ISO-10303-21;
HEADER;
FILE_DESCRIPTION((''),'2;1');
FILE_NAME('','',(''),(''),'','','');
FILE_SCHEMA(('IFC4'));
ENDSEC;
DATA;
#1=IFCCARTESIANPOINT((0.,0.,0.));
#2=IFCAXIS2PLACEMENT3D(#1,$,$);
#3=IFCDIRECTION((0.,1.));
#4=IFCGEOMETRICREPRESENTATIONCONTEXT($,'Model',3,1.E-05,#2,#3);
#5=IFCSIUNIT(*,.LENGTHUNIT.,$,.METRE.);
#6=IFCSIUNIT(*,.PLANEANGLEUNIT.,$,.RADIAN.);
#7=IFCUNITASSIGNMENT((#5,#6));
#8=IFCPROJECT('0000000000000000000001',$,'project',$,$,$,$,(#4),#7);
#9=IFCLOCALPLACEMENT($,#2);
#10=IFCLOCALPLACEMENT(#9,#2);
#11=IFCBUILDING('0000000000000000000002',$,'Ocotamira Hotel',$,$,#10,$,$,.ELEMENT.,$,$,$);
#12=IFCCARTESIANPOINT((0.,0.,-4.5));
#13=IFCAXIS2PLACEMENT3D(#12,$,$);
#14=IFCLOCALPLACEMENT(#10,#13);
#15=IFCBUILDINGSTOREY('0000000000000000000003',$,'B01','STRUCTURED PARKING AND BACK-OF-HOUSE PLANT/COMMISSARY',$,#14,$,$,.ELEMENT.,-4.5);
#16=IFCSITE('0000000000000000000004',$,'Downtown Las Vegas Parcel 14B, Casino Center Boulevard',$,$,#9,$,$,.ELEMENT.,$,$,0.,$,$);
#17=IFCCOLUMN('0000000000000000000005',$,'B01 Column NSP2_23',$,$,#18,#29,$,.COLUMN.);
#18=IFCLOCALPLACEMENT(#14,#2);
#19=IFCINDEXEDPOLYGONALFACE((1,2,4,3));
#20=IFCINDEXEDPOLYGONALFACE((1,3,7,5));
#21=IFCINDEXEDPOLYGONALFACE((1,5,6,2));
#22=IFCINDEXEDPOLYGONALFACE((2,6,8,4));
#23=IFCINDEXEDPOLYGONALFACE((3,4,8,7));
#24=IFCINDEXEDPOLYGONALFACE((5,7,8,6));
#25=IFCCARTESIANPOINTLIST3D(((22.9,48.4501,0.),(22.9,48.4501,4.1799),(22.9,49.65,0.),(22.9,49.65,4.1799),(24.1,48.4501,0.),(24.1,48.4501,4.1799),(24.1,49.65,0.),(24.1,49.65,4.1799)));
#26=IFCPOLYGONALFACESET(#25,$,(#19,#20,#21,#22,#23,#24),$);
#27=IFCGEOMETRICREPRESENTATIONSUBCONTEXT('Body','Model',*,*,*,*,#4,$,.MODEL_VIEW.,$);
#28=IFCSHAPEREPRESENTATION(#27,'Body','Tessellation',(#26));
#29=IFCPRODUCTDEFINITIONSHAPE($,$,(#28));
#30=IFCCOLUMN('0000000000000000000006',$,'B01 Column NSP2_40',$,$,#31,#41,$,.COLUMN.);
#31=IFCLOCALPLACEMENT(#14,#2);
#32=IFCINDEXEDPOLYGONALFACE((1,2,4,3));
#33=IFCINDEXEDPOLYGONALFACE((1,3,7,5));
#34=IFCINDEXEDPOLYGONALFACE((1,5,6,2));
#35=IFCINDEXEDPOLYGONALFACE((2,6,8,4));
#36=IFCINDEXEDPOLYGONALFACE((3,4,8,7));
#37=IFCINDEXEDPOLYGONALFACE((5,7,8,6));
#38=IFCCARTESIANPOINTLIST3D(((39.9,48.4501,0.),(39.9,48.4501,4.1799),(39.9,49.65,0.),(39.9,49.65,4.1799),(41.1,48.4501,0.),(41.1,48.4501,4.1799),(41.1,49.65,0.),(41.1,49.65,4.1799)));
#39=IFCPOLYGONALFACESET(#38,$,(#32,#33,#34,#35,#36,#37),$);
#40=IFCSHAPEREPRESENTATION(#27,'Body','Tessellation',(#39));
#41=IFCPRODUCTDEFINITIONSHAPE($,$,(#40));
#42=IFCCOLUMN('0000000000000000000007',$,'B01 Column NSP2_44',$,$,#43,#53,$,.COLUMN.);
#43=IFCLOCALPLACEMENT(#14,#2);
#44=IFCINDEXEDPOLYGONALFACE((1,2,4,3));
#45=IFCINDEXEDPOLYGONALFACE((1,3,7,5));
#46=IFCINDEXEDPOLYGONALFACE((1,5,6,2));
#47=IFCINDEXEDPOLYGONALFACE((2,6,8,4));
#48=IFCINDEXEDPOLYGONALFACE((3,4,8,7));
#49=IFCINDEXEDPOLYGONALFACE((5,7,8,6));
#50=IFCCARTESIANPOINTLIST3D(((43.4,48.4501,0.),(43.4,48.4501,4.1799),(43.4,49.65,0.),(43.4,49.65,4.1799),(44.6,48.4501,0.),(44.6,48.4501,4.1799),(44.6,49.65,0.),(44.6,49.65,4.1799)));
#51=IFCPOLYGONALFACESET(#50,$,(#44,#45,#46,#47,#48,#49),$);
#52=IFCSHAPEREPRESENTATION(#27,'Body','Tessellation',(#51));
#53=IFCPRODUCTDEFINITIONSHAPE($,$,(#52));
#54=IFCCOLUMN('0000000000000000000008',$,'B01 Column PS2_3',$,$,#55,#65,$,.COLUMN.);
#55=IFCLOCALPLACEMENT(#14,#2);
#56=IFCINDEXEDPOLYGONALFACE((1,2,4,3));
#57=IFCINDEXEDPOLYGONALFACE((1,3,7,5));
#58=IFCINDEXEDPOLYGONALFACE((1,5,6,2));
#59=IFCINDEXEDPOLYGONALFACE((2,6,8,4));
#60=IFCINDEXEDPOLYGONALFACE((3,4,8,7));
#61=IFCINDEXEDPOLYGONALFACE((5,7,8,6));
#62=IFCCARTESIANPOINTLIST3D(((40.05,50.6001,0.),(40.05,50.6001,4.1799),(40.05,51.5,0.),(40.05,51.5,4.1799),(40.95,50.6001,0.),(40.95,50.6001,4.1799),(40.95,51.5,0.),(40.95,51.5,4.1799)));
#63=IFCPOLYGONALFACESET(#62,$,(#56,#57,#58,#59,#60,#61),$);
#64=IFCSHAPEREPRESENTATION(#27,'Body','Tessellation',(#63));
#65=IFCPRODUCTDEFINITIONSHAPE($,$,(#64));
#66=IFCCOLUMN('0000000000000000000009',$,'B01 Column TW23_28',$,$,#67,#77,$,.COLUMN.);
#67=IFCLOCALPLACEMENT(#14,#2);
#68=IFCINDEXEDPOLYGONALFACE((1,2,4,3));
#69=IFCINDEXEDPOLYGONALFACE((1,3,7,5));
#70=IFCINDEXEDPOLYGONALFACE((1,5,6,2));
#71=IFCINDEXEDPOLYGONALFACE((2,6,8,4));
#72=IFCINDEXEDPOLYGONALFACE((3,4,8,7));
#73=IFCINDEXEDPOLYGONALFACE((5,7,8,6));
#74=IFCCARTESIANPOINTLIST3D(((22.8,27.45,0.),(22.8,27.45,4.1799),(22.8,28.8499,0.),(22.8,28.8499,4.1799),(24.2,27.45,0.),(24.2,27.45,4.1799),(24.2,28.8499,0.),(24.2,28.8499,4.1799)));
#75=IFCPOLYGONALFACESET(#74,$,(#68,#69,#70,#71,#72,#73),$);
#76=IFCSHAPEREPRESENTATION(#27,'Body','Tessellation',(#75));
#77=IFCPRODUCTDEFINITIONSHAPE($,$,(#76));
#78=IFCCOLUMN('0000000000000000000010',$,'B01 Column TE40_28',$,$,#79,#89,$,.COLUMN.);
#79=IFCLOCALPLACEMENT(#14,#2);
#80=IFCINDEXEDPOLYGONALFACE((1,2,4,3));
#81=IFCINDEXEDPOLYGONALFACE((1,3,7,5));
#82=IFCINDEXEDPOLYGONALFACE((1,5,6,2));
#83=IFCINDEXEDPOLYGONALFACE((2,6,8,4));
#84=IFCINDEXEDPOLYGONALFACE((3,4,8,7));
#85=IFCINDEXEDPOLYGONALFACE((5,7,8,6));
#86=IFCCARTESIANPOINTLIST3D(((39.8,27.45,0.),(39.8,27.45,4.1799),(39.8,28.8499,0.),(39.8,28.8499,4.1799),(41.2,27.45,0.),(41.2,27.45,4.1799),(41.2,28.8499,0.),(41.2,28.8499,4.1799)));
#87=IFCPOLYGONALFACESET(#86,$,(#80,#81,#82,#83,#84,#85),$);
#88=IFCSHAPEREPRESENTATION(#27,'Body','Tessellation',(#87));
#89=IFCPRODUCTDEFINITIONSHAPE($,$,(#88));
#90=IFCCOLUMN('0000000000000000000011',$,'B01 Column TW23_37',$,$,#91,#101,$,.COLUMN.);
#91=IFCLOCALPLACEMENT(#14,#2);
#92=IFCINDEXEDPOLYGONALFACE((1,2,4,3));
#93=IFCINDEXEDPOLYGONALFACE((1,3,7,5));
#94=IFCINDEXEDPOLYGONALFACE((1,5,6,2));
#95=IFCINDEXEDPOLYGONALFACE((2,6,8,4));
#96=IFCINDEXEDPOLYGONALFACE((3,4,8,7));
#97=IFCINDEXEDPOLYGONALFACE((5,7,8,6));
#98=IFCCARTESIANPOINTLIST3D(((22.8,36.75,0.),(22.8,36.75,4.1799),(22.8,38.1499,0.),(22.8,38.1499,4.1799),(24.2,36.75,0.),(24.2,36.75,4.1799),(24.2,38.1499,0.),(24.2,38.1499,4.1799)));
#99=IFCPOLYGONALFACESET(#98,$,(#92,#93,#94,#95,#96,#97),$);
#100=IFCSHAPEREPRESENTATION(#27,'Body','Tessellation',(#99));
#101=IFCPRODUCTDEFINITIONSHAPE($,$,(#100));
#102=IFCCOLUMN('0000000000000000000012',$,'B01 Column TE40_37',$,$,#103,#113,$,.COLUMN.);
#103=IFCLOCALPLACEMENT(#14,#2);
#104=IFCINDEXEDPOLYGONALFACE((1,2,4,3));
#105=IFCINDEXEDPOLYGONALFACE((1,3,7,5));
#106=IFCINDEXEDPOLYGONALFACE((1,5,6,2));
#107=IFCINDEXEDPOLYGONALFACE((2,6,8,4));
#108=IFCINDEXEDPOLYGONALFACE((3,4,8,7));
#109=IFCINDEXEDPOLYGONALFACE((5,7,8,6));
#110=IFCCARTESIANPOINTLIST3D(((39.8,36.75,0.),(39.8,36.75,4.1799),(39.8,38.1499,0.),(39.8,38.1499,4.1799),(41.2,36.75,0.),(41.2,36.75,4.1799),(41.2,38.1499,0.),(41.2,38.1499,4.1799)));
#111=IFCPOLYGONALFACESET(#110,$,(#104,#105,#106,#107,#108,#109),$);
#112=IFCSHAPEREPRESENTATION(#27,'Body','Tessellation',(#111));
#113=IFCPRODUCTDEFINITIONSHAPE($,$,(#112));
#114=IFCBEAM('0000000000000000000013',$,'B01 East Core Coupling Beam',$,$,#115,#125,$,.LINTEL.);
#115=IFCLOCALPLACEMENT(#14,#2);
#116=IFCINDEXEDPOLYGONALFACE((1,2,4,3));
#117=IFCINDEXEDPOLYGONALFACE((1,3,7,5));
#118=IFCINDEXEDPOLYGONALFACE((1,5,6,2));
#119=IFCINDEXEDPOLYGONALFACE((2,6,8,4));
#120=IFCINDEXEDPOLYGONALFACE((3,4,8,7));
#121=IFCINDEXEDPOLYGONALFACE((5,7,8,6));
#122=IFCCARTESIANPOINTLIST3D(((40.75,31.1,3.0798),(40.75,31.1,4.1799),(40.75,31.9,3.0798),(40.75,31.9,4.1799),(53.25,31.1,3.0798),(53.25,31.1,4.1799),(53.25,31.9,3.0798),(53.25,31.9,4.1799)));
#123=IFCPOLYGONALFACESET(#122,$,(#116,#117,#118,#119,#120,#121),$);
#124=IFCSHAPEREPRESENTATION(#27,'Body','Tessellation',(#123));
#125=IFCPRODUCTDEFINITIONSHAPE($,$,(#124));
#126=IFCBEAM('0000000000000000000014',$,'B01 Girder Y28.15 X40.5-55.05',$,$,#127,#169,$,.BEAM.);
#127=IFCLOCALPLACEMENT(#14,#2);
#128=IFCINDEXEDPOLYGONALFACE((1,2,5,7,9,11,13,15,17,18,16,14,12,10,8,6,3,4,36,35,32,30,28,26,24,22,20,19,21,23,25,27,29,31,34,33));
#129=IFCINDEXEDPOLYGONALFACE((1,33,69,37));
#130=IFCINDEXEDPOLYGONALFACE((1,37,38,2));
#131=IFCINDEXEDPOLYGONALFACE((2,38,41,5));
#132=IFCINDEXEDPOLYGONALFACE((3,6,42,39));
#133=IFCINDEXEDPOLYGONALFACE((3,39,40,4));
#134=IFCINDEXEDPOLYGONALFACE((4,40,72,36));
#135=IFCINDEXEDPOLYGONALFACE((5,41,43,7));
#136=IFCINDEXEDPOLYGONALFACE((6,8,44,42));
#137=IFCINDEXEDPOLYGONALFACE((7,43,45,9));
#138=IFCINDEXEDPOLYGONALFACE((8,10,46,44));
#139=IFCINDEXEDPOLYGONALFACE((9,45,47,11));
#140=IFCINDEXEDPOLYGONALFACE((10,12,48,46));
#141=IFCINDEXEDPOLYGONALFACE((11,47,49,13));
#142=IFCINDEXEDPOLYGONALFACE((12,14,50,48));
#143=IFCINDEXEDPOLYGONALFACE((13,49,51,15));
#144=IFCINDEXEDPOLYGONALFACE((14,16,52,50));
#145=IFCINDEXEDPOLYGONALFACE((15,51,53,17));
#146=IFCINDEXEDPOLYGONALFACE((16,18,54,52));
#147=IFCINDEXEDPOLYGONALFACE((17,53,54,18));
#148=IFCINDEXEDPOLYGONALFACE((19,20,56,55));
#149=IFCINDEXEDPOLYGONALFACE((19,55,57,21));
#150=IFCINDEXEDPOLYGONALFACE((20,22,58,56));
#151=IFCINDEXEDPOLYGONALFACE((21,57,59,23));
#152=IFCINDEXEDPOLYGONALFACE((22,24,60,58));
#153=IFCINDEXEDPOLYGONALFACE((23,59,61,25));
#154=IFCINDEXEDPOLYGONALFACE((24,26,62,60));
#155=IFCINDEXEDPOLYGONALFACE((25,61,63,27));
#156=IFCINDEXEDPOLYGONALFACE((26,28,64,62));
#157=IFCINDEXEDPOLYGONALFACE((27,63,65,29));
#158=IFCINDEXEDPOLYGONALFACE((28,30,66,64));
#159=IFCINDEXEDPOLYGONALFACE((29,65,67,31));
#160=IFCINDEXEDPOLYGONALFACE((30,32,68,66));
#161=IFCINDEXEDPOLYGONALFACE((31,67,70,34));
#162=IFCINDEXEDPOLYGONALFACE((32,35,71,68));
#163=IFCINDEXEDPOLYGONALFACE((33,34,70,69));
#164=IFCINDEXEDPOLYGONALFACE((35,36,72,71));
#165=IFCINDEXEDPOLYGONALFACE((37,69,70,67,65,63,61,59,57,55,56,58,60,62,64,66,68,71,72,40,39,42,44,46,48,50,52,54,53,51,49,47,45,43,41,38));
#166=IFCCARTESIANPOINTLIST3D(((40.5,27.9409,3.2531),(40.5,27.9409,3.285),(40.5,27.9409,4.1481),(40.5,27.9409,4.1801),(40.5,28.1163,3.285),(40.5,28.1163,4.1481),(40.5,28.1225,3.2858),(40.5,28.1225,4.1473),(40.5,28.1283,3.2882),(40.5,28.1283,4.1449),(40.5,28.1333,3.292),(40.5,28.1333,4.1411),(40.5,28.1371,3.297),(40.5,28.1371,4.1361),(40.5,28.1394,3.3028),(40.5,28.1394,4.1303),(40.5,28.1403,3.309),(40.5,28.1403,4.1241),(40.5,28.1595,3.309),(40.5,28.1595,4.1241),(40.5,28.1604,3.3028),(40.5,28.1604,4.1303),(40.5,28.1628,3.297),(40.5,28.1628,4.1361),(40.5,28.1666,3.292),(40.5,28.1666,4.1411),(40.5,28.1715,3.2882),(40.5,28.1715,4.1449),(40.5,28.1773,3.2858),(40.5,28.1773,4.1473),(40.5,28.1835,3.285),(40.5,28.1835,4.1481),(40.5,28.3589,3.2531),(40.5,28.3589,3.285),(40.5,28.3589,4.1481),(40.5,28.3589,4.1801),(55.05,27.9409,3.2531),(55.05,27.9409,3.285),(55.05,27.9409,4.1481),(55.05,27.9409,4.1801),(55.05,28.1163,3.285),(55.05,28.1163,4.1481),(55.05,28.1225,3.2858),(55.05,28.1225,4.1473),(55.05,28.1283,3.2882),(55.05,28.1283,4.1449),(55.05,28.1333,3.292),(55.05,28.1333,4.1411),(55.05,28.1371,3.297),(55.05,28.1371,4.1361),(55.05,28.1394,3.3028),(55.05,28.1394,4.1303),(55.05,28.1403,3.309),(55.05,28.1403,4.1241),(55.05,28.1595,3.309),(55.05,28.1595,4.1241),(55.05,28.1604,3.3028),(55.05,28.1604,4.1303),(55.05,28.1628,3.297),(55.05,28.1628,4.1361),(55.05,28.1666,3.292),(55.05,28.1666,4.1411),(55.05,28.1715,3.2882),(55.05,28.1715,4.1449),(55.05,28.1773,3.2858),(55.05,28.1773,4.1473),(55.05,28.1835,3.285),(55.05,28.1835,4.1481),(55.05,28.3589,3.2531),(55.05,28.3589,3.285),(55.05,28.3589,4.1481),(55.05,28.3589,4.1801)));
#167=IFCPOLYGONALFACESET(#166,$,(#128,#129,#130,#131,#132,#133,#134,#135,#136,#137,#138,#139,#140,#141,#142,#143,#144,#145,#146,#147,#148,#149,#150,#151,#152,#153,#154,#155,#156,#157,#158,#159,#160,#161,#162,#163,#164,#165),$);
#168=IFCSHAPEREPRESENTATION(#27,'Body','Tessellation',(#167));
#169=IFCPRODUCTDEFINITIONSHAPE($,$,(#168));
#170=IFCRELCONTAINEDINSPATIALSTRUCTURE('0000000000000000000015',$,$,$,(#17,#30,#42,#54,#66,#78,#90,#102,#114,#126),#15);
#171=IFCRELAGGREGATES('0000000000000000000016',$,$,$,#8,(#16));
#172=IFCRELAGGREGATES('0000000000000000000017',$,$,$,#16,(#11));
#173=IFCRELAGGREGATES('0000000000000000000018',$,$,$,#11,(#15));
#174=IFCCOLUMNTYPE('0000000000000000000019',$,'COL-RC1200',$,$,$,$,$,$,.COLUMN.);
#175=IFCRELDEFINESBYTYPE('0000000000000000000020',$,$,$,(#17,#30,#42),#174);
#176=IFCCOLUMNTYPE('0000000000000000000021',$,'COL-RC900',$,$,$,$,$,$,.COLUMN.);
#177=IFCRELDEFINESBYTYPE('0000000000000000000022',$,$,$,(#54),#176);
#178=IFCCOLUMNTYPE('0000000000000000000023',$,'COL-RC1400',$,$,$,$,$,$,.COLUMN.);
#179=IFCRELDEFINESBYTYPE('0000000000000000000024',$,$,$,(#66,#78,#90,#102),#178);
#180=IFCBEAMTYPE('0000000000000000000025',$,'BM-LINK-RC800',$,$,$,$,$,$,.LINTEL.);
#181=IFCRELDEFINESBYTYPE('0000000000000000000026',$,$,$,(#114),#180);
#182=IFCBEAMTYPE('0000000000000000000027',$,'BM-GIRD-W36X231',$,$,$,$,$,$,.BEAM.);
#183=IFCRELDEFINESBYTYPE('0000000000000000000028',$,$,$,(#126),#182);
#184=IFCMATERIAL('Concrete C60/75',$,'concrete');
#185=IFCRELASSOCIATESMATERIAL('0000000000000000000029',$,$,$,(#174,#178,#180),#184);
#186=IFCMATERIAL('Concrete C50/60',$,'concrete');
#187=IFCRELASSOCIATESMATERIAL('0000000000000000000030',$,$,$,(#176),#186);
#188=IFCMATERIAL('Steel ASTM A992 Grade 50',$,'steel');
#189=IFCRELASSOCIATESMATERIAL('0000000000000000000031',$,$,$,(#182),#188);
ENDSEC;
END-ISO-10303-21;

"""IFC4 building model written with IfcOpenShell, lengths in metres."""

from ifc_helpers import new_model, si_unit, direction, frame, origin, origin_2d, place, context, subcontext, project, spatial, rectangle, i_section, extrude, source, transform, mapped, material, material_profile, profile_set, type_object, element, save


model = new_model("IFC4")

# Units and contexts
model_context = context("Model", 3, precision=1e-05, world=origin(), true_north=direction((0.0, 1.0)))
body_context = subcontext(model_context, "Body", "Model", "MODEL_VIEW")
ifc_project = project(units=[si_unit("LENGTHUNIT", "METRE"), si_unit("PLANEANGLEUNIT", "RADIAN")], contexts=[model_context])

# Site, building, storey
site_placement = place(None, origin())
site = spatial("IfcSite", under=ifc_project, at=site_placement, Name="Downtown Las Vegas Parcel 14B, Casino Center Boulevard", CompositionType="ELEMENT", RefElevation=0.0)
building_placement = place(site_placement, origin())
building = spatial("IfcBuilding", under=site, at=building_placement, Name="Ocotamira Hotel", CompositionType="ELEMENT")
storey_placement = place(building_placement, frame((0.0, 0.0, -4.5)))
storey = spatial("IfcBuildingStorey", under=building, at=storey_placement, Name="B01", Description="STRUCTURED PARKING AND BACK-OF-HOUSE PLANT/COMMISSARY", CompositionType="ELEMENT", Elevation=-4.5)

# Columns
ifc_material_1 = material(Name="Concrete C60/75", Category="concrete")
ifc_material_profile_1 = material_profile(ifc_material_1, rectangle(XDim=1.2, YDim=1.2, at=origin_2d()), Name="RC1200X1200")
ifc_profile_set_1 = profile_set([ifc_material_profile_1], Name="Concrete C60/75")
column_type_1 = type_object("IfcColumnType", Name="COL-RC1200", PredefinedType="COLUMN", material=ifc_profile_set_1)
shared_shape_1 = source(origin(), body_context, "Body", "SweptSolid", [
    extrude(rectangle(XDim=1.2, YDim=1.2, at=origin_2d()), origin(), (0.0, 0.0, 1.0), 4.1799),
])
for number, where, z_axis, x_axis, name in (
    (1, (23.5, 49.05, 0.0), (0.0, 0.0, 1.0), (1.0, 0.0, 0.0), "B01 Column NSP2_23"),
    (2, (40.5, 49.05, 0.0), (0.0, 0.0, 1.0), (1.0, 0.0, 0.0), "B01 Column NSP2_40"),
    (3, (44.0, 49.05, 0.0), (0.0, 0.0, 1.0), (1.0, 0.0, 0.0), "B01 Column NSP2_44"),
):
    element("IfcColumn", number, at=place(storey_placement, frame(where, z_axis=z_axis, x_axis=x_axis)), inside=storey, type_object=column_type_1, Name=name, PredefinedType="COLUMN", context=body_context, shape_type="MappedRepresentation", body=[
        mapped(shared_shape_1, transform((0.0, 0.0, 0.0), scale=1.0)),
    ])
ifc_material_2 = material(Name="Concrete C50/60", Category="concrete")
ifc_material_profile_2 = material_profile(ifc_material_2, rectangle(XDim=0.8999, YDim=0.8999, at=origin_2d()), Name="RC900X900")
ifc_profile_set_2 = profile_set([ifc_material_profile_2], Name="Concrete C50/60")
column_type_2 = type_object("IfcColumnType", Name="COL-RC900", PredefinedType="COLUMN", material=ifc_profile_set_2)
shared_shape_2 = source(origin(), body_context, "Body", "SweptSolid", [
    extrude(rectangle(XDim=0.8999, YDim=0.8999, at=origin_2d()), origin(), (0.0, 0.0, 1.0), 4.1799),
])
column_placement = place(storey_placement, frame((40.5, 51.05, 0.0), z_axis=(0.0, 0.0, 1.0), x_axis=(1.0, 0.0, 0.0)))
element("IfcColumn", 4, at=column_placement, inside=storey, type_object=column_type_2, Name="B01 Column PS2_3", PredefinedType="COLUMN", context=body_context, shape_type="MappedRepresentation", body=[
    mapped(shared_shape_2, transform((0.0, 0.0, 0.0), scale=1.0)),
])
ifc_material_profile_3 = material_profile(ifc_material_1, rectangle(XDim=1.3999, YDim=1.3999, at=origin_2d()), Name="RC1400X1400")
ifc_profile_set_3 = profile_set([ifc_material_profile_3], Name="Concrete C60/75")
column_type_3 = type_object("IfcColumnType", Name="COL-RC1400", PredefinedType="COLUMN", material=ifc_profile_set_3)
shared_shape_3 = source(origin(), body_context, "Body", "SweptSolid", [
    extrude(rectangle(XDim=1.3999, YDim=1.3999, at=origin_2d()), origin(), (0.0, 0.0, 1.0), 4.1799),
])
for number, where, z_axis, x_axis, name in (
    (5, (23.5, 28.1499, 0.0), (0.0, 0.0, 1.0), (1.0, 0.0, 0.0), "B01 Column TW23_28"),
    (6, (40.5, 28.1499, 0.0), (0.0, 0.0, 1.0), (1.0, 0.0, 0.0), "B01 Column TE40_28"),
    (7, (23.5, 37.45, 0.0), (0.0, 0.0, 1.0), (1.0, 0.0, 0.0), "B01 Column TW23_37"),
    (8, (40.5, 37.45, 0.0), (0.0, 0.0, 1.0), (1.0, 0.0, 0.0), "B01 Column TE40_37"),
):
    element("IfcColumn", number, at=place(storey_placement, frame(where, z_axis=z_axis, x_axis=x_axis)), inside=storey, type_object=column_type_3, Name=name, PredefinedType="COLUMN", context=body_context, shape_type="MappedRepresentation", body=[
        mapped(shared_shape_3, transform((0.0, 0.0, 0.0), scale=1.0)),
    ])

# Beams
ifc_material_profile_4 = material_profile(ifc_material_1, rectangle(XDim=0.8, YDim=1.1001, at=origin_2d()), Name="RC800X1100")
ifc_profile_set_4 = profile_set([ifc_material_profile_4], Name="Concrete C60/75")
beam_type_1 = type_object("IfcBeamType", Name="BM-LINK-RC800", PredefinedType="LINTEL", material=ifc_profile_set_4)
shared_shape_4 = source(origin(), body_context, "Body", "SweptSolid", [
    extrude(rectangle(XDim=0.8, YDim=1.1001, at=origin_2d()), origin(), (0.0, 0.0, 1.0), 12.5),
])
beam_1_placement = place(storey_placement, frame((40.75, 31.5, 3.6299), z_axis=(1.0, 0.0, 0.0), x_axis=(0.0, 1.0, 0.0)))
element("IfcBeam", 9, at=beam_1_placement, inside=storey, type_object=beam_type_1, Name="B01 East Core Coupling Beam", PredefinedType="LINTEL", context=body_context, shape_type="MappedRepresentation", body=[
    mapped(shared_shape_4, transform((0.0, 0.0, 0.0), scale=1.0)),
])
ifc_material_3 = material(Name="Steel ASTM A992 Grade 50", Category="steel")
ifc_material_profile_5 = material_profile(ifc_material_3, i_section(OverallWidth=0.418, OverallDepth=0.927, WebThickness=0.0193, FlangeThickness=0.032, FilletRadius=0.0239, at=origin_2d()), Name="W36X231")
ifc_profile_set_5 = profile_set([ifc_material_profile_5], Name="Steel ASTM A992 Grade 50")
beam_type_2 = type_object("IfcBeamType", Name="BM-GIRD-W36X231", PredefinedType="BEAM", material=ifc_profile_set_5)
shared_shape_5 = source(origin(), body_context, "Body", "SweptSolid", [
    extrude(i_section(OverallWidth=0.418, OverallDepth=0.927, WebThickness=0.0193, FlangeThickness=0.032, FilletRadius=0.0239, at=origin_2d()), origin(), (0.0, 0.0, 1.0), 14.55),
])
for number, where, z_axis, x_axis, name in (
    (10, (40.5, 28.1499, 3.7166), (1.0, 0.0, 0.0), (0.0, 1.0, 0.0), "B01 Girder Y28.15 X40.5-55.05"),
):
    element("IfcBeam", number, at=place(storey_placement, frame(where, z_axis=z_axis, x_axis=x_axis)), inside=storey, type_object=beam_type_2, Name=name, PredefinedType="BEAM", context=body_context, shape_type="MappedRepresentation", body=[
        mapped(shared_shape_5, transform((0.0, 0.0, 0.0), scale=1.0)),
    ])

save(model, "model.ifc")
